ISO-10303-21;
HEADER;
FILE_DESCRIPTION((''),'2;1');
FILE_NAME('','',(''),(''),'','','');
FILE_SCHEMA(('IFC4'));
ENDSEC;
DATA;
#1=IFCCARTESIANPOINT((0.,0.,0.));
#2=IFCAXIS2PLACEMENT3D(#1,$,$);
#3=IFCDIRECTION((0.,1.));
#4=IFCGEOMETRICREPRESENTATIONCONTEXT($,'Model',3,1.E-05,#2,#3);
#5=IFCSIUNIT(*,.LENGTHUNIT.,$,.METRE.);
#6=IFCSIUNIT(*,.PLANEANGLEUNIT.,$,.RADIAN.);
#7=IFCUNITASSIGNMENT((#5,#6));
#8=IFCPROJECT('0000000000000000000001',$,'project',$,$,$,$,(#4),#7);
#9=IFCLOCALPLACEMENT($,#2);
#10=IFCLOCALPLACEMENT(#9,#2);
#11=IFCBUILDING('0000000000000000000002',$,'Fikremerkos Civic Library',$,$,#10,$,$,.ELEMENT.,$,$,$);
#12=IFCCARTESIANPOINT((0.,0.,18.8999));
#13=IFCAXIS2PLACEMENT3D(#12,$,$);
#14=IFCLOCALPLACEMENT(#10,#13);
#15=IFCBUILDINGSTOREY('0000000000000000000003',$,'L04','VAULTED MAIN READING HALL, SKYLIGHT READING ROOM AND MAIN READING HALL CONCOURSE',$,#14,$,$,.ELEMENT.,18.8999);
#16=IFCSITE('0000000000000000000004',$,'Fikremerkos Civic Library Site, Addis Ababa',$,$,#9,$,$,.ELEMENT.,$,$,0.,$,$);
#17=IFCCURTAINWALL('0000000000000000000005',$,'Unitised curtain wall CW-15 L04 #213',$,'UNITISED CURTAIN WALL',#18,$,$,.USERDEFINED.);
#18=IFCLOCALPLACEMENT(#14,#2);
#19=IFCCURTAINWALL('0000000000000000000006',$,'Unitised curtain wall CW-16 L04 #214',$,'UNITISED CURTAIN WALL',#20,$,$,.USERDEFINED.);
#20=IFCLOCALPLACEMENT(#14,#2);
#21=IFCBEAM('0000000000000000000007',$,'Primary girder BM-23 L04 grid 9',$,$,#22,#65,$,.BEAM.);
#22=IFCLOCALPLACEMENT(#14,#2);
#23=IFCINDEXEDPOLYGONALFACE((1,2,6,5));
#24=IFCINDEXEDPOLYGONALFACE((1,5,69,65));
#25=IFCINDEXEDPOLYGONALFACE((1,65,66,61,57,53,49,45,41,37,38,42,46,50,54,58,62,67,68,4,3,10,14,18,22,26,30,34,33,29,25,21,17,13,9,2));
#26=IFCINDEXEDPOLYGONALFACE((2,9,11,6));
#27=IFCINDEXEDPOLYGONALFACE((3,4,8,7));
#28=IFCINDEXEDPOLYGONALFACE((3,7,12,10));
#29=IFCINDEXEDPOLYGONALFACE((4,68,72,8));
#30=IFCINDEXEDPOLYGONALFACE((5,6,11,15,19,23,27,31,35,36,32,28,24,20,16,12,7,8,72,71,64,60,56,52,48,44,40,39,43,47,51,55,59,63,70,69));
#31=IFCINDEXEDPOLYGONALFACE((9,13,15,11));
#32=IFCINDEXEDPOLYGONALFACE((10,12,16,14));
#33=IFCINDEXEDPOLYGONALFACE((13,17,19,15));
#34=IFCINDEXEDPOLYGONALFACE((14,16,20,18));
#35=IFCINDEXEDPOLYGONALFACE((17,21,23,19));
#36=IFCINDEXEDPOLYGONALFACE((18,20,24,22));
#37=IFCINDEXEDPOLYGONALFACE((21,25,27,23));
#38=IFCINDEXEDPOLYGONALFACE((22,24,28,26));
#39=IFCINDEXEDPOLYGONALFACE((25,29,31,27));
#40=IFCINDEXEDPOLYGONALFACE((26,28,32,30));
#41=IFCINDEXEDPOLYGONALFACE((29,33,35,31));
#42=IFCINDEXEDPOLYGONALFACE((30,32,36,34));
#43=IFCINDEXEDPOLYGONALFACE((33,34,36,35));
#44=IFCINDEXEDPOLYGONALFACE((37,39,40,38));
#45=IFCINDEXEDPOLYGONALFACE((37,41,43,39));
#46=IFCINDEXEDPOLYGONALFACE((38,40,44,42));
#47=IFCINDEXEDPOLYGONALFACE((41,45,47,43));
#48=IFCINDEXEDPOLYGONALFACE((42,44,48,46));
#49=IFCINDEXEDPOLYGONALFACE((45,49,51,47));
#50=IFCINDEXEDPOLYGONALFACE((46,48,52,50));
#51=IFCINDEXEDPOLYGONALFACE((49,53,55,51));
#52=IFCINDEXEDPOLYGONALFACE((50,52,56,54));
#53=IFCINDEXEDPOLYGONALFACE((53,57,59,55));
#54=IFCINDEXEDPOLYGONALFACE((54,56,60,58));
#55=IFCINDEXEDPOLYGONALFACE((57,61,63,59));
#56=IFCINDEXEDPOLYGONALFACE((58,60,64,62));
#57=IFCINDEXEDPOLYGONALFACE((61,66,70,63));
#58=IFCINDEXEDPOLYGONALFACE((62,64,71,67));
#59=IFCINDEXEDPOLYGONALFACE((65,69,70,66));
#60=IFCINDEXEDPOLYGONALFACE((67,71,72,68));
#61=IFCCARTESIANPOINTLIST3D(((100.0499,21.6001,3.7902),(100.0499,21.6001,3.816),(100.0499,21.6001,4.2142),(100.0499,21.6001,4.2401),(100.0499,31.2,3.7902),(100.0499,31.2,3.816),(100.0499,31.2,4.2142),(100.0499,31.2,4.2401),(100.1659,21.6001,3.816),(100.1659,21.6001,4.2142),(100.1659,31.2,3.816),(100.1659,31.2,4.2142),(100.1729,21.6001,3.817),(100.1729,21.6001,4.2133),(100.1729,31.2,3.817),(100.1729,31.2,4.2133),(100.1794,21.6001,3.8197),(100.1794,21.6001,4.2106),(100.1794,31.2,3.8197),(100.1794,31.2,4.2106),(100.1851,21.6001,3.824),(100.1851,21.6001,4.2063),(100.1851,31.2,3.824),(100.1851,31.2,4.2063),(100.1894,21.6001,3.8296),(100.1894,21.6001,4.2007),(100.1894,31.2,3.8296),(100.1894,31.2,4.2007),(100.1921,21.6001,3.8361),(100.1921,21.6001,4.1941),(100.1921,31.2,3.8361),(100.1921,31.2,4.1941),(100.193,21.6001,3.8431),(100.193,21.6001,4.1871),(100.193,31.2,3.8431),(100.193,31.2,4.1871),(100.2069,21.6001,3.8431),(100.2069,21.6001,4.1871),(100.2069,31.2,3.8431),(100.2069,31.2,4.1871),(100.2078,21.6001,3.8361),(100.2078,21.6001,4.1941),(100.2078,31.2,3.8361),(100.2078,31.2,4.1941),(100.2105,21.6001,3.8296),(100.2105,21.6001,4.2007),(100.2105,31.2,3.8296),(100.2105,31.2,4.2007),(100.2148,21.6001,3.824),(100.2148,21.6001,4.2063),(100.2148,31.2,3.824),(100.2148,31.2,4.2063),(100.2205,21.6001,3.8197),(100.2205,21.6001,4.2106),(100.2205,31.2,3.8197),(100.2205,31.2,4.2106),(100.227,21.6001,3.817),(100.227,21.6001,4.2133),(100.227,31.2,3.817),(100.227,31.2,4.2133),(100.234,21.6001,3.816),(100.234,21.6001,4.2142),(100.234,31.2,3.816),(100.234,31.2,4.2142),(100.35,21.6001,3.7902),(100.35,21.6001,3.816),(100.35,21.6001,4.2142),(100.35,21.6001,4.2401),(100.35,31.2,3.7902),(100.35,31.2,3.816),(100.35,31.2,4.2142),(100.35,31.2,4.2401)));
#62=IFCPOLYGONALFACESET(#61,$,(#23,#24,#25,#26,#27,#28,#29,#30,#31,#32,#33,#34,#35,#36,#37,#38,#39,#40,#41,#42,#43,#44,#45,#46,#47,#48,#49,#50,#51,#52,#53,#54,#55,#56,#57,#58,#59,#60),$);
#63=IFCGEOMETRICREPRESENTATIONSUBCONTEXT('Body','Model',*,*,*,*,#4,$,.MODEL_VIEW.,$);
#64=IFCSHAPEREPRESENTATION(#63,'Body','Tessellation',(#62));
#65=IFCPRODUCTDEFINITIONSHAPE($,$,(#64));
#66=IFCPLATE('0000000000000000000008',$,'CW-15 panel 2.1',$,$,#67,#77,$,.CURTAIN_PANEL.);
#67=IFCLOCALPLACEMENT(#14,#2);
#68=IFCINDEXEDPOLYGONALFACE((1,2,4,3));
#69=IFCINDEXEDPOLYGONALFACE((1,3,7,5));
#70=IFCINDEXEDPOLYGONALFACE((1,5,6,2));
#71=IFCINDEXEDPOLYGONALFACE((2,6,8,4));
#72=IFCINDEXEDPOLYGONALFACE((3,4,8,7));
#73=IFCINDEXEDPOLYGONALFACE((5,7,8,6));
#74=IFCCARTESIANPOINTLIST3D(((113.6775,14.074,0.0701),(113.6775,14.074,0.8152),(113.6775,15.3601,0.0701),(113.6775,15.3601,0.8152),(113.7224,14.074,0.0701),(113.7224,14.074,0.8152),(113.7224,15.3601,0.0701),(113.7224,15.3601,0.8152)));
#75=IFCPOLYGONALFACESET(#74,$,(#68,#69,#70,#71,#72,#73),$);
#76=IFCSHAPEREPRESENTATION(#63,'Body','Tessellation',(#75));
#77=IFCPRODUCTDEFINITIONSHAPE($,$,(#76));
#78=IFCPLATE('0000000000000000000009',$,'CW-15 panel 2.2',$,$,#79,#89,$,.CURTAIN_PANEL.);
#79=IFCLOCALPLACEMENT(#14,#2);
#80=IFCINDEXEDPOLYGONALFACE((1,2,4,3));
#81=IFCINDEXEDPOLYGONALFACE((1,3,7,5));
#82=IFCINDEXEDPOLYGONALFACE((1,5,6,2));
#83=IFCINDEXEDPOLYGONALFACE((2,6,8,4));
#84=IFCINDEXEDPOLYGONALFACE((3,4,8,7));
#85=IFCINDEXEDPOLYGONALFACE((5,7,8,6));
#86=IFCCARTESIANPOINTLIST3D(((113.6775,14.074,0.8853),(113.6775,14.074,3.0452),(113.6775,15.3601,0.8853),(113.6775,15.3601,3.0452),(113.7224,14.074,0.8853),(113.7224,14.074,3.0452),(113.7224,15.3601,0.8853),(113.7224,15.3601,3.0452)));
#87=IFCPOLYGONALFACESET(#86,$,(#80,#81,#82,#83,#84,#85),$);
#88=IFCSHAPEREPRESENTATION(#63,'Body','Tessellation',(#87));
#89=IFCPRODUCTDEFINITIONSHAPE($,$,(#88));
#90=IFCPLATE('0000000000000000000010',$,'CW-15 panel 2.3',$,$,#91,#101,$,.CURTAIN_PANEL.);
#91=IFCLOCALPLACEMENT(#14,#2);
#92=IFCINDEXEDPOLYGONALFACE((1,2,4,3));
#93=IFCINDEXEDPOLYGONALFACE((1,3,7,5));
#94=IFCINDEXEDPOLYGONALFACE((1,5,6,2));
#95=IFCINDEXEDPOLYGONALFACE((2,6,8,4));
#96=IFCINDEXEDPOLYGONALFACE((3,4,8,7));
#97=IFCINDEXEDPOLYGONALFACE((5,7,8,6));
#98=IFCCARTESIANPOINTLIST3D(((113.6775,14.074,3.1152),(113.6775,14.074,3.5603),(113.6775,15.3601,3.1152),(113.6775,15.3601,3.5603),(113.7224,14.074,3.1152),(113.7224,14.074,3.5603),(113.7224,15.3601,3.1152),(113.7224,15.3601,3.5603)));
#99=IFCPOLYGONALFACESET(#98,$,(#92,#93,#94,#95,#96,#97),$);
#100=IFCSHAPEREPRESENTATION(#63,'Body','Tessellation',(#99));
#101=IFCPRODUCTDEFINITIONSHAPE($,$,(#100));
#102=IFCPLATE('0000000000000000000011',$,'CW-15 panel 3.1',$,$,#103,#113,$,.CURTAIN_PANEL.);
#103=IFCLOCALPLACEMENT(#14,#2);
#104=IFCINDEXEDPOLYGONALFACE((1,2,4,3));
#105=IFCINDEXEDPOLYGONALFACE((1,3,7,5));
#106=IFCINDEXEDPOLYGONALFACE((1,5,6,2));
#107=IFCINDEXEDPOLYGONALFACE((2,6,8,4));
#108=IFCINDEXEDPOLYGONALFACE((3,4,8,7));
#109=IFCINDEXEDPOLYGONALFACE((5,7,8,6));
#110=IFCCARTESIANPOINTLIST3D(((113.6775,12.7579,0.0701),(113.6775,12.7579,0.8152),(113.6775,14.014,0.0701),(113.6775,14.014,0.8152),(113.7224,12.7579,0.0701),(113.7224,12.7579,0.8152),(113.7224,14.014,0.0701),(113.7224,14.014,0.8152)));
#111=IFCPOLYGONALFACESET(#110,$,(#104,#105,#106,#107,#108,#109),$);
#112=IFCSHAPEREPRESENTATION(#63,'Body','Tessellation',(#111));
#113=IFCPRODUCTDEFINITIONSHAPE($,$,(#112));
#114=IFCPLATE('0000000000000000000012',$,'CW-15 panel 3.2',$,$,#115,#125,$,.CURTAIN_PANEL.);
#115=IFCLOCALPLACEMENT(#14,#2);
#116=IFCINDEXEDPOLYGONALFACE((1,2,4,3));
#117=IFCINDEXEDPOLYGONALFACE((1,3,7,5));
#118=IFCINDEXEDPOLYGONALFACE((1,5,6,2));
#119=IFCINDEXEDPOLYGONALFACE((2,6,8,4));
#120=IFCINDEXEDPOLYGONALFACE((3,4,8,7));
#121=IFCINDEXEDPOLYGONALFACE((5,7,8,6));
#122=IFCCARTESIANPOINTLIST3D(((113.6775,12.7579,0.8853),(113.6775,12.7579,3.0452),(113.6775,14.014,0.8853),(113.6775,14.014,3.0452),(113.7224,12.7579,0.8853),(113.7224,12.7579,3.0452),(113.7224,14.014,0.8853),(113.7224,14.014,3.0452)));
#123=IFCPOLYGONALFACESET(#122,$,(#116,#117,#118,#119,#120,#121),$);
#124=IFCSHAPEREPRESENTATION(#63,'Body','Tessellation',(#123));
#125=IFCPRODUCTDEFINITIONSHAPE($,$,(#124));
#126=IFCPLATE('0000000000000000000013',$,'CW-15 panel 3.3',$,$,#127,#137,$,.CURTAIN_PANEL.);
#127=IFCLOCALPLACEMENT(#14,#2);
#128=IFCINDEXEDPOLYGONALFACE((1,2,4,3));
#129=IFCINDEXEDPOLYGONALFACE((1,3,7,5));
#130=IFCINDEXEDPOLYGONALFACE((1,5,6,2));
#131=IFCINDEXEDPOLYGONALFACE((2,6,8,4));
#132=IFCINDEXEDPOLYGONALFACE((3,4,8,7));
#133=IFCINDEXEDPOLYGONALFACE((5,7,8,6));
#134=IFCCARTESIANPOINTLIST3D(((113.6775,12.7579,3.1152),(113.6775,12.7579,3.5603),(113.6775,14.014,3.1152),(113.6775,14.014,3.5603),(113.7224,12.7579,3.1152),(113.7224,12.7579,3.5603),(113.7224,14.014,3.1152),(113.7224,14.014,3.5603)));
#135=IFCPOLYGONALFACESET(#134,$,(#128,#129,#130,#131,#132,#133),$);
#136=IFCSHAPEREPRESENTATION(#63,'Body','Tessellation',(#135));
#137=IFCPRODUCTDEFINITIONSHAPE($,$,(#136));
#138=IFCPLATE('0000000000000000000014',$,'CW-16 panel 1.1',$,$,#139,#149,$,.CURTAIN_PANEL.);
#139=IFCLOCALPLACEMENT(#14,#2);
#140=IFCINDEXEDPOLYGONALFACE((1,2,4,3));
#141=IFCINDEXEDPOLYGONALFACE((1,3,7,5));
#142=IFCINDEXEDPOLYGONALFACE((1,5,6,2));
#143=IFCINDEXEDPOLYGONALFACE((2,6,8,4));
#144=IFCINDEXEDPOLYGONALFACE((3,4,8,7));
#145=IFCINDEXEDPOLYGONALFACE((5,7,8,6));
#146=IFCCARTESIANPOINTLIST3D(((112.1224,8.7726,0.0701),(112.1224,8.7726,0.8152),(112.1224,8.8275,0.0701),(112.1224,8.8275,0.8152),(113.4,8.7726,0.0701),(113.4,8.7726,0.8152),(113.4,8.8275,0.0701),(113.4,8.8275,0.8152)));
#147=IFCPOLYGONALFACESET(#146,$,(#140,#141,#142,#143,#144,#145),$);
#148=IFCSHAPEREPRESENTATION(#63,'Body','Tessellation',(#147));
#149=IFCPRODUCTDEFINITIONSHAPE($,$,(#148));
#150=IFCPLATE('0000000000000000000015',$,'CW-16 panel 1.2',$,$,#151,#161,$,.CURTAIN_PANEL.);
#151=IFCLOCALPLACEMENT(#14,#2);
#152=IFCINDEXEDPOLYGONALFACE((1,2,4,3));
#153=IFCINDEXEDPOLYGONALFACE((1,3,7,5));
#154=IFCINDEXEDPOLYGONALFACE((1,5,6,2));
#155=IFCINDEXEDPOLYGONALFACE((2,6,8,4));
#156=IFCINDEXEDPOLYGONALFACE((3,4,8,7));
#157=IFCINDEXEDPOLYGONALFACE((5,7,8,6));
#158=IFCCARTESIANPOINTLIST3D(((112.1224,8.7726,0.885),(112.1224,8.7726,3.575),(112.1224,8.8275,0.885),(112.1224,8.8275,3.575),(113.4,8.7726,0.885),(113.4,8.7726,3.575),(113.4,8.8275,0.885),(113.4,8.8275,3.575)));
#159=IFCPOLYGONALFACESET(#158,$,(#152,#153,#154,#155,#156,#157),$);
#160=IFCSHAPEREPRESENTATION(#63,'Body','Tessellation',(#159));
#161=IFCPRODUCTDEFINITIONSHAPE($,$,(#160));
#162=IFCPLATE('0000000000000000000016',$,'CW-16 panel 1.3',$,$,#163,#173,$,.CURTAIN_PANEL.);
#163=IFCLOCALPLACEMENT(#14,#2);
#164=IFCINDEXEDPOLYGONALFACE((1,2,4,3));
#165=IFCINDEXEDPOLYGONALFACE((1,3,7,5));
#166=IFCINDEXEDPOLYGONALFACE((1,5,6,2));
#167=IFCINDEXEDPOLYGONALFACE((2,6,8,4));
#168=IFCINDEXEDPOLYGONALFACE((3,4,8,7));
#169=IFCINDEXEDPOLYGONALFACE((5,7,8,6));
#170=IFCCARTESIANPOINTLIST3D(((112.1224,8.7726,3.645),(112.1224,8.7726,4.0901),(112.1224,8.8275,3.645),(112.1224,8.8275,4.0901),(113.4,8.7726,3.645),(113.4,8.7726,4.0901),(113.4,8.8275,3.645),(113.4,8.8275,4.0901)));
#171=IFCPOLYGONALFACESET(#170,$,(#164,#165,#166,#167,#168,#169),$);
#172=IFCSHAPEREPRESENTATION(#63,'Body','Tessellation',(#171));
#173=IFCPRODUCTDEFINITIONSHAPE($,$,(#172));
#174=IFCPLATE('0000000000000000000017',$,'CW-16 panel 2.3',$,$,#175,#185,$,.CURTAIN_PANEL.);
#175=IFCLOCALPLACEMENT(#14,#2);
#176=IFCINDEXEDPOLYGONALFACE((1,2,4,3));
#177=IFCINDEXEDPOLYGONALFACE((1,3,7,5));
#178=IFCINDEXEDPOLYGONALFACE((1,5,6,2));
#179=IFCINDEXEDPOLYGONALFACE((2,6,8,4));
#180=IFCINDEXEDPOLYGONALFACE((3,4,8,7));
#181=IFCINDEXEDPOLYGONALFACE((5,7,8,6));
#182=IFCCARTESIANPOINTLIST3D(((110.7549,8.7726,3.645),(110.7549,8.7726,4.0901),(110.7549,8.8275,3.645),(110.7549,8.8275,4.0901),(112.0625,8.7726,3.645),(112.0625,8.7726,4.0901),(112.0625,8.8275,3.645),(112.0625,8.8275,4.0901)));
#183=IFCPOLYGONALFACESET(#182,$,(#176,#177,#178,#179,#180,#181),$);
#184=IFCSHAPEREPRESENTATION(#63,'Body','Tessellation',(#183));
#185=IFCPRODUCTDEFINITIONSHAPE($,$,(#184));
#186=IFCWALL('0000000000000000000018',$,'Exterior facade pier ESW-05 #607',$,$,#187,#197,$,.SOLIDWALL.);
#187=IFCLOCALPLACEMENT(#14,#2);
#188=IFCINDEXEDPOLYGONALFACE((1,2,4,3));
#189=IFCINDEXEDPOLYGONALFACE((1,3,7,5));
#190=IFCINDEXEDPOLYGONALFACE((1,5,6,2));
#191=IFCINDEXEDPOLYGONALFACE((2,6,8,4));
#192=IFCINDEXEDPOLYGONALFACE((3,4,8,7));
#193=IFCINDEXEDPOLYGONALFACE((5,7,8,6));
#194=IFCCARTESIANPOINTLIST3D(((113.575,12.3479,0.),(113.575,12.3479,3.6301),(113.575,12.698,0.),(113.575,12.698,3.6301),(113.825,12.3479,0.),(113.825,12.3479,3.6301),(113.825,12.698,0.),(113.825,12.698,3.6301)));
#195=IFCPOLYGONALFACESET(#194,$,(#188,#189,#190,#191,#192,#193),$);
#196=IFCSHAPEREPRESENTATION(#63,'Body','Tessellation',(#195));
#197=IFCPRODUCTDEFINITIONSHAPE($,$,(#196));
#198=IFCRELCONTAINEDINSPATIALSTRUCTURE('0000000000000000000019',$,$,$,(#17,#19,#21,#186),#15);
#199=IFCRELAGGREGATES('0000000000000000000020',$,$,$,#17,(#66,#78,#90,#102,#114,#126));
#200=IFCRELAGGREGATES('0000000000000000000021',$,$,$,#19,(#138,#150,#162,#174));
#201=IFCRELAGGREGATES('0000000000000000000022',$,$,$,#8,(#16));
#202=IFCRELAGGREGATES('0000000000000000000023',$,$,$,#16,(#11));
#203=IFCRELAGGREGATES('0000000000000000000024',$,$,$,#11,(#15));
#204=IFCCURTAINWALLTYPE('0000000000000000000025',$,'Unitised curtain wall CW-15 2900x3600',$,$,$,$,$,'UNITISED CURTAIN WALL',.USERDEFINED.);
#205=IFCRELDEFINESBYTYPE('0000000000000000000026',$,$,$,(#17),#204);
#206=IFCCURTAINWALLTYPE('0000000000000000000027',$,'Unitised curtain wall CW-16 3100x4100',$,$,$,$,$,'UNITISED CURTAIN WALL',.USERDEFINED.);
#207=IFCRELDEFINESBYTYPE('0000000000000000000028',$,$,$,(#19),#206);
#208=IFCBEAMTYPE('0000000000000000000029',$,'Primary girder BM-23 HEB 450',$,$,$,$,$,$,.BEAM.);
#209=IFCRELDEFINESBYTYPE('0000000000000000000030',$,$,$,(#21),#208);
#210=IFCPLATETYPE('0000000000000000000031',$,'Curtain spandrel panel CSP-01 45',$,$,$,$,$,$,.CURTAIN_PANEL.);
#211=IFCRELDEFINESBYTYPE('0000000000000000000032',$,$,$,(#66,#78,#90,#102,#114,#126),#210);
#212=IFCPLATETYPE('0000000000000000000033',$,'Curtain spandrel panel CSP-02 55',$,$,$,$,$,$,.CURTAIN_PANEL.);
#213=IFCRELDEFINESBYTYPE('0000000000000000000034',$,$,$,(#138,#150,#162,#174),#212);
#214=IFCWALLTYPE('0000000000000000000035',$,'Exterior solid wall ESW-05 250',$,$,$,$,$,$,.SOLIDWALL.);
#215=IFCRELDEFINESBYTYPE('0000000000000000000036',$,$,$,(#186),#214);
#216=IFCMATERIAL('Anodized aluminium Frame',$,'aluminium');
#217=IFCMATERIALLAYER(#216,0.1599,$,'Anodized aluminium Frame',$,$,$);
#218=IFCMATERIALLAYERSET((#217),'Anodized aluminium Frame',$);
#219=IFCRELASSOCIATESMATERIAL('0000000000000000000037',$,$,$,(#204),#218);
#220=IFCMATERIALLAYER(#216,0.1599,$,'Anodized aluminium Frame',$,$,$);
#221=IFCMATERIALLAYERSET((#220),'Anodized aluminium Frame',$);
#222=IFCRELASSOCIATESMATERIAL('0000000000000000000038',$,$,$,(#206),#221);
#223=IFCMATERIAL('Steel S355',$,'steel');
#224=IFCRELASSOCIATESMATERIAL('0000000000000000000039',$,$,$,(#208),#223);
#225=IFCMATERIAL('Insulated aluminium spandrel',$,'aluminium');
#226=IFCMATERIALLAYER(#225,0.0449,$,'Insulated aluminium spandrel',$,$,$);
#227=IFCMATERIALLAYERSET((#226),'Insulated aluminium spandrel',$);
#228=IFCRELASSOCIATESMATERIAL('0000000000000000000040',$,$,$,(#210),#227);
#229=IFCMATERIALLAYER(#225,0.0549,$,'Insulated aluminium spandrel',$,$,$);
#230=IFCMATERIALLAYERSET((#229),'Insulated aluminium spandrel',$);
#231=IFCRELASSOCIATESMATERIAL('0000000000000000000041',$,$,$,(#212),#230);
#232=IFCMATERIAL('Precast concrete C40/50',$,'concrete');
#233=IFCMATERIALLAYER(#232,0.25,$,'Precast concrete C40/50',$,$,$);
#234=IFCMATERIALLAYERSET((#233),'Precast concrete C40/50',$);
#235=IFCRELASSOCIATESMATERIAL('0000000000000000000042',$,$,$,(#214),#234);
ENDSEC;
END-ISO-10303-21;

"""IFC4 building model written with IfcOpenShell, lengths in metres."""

from ifc_helpers import new_model, si_unit, direction, frame, frame_2d, origin, origin_2d, place, context, subcontext, project, spatial, rectangle, i_section, extrude, material, layer, layer_set, material_profile, profile_set, type_object, element, aggregate, save


model = new_model("IFC4")

# Units and contexts
model_context = context("Model", 3, precision=1e-05, world=origin(), true_north=direction((0.0, 1.0)))
body_context = subcontext(model_context, "Body", "Model", "MODEL_VIEW")
ifc_project = project(units=[si_unit("LENGTHUNIT", "METRE"), si_unit("PLANEANGLEUNIT", "RADIAN")], contexts=[model_context])

# Site, building, storey
site_placement = place(None, origin())
site = spatial("IfcSite", under=ifc_project, at=site_placement, Name="Fikremerkos Civic Library Site, Addis Ababa", CompositionType="ELEMENT", RefElevation=0.0)
building_placement = place(site_placement, origin())
building = spatial("IfcBuilding", under=site, at=building_placement, Name="Fikremerkos Civic Library", CompositionType="ELEMENT")
storey_placement = place(building_placement, frame((0.0, 0.0, 18.8999)))
storey = spatial("IfcBuildingStorey", under=building, at=storey_placement, Name="L04", Description="VAULTED MAIN READING HALL, SKYLIGHT READING ROOM AND MAIN READING HALL CONCOURSE", CompositionType="ELEMENT", Elevation=18.8999)

# Shared definitions
ifc_material_1 = material(Name="Steel S355", Category="steel")

# Curtain walls
ifc_material_2 = material(Name="Anodized aluminium Frame", Category="aluminium")
ifc_layer_1 = layer(ifc_material_2, 0.1599, Name="Anodized aluminium Frame")
ifc_layer_set_1 = layer_set([ifc_layer_1], Name="Anodized aluminium Frame")
curtain_wall_type_1 = type_object("IfcCurtainWallType", Name="Unitised curtain wall CW-15 2900x3600", ElementType="UNITISED CURTAIN WALL", PredefinedType="USERDEFINED", material=ifc_layer_set_1)
curtain_wall_1_placement = place(storey_placement, origin())
curtain_wall_1 = element("IfcCurtainWall", 1, at=curtain_wall_1_placement, inside=storey, type_object=curtain_wall_type_1, Name="Unitised curtain wall CW-15 L04 #213", ObjectType="UNITISED CURTAIN WALL", PredefinedType="USERDEFINED")
ifc_layer_2 = layer(ifc_material_2, 0.1599, Name="Anodized aluminium Frame")
ifc_layer_set_2 = layer_set([ifc_layer_2], Name="Anodized aluminium Frame")
curtain_wall_type_2 = type_object("IfcCurtainWallType", Name="Unitised curtain wall CW-16 3100x4100", ElementType="UNITISED CURTAIN WALL", PredefinedType="USERDEFINED", material=ifc_layer_set_2)
curtain_wall_2_placement = place(storey_placement, origin())
curtain_wall_2 = element("IfcCurtainWall", 2, at=curtain_wall_2_placement, inside=storey, type_object=curtain_wall_type_2, Name="Unitised curtain wall CW-16 L04 #214", ObjectType="UNITISED CURTAIN WALL", PredefinedType="USERDEFINED")

# Beam
ifc_material_profile_1 = material_profile(ifc_material_1, i_section(OverallWidth=0.3, OverallDepth=0.45, WebThickness=0.0139, FlangeThickness=0.0259, FilletRadius=0.0271, at=origin_2d()), Name="HEB 450")
ifc_profile_set_1 = profile_set([ifc_material_profile_1], Name="Steel S355")
beam_type_1 = type_object("IfcBeamType", Name="Primary girder BM-23 HEB 450", PredefinedType="BEAM", material=ifc_profile_set_1)
beam_1_placement = place(storey_placement, frame((100.2, 21.6001, 4.0151), z_axis=(0.0, 1.0, 0.0), x_axis=(-1.0, 0.0, 0.0)))
element("IfcBeam", 3, at=beam_1_placement, inside=storey, type_object=beam_type_1, Name="Primary girder BM-23 L04 grid 9", PredefinedType="BEAM", context=body_context, shape_type="SweptSolid", body=[
    extrude(i_section(OverallWidth=0.3, OverallDepth=0.45, WebThickness=0.0139, FlangeThickness=0.0259, FilletRadius=0.0271, at=origin_2d()), origin(), (0.0, 0.0, 1.0), 9.5999),
])

# Plates
ifc_material_3 = material(Name="Insulated aluminium spandrel", Category="aluminium")
ifc_layer_3 = layer(ifc_material_3, 0.0449, Name="Insulated aluminium spandrel")
ifc_layer_set_3 = layer_set([ifc_layer_3], Name="Insulated aluminium spandrel")
plate_type_1 = type_object("IfcPlateType", Name="Curtain spandrel panel CSP-01 45", PredefinedType="CURTAIN_PANEL", material=ifc_layer_set_3)
plate_1_placement = place(storey_placement, frame((113.7, 14.717, 0.0701), z_axis=(0.0, 0.0, 1.0), x_axis=(0.0, -1.0, 0.0)))
plate_1 = element("IfcPlate", 4, at=plate_1_placement, type_object=plate_type_1, Name="CW-15 panel 2.1", PredefinedType="CURTAIN_PANEL", context=body_context, shape_type="SweptSolid", body=[
    extrude(rectangle(XDim=1.2861, YDim=0.0449, at=origin_2d()), origin(), (0.0, 0.0, 1.0), 0.7451),
])
plate_2_placement = place(storey_placement, frame((113.7, 14.717, 0.8853), z_axis=(0.0, 0.0, 1.0), x_axis=(0.0, -1.0, 0.0)))
plate_2 = element("IfcPlate", 5, at=plate_2_placement, type_object=plate_type_1, Name="CW-15 panel 2.2", PredefinedType="CURTAIN_PANEL", context=body_context, shape_type="SweptSolid", body=[
    extrude(rectangle(XDim=1.2861, YDim=0.0449, at=origin_2d()), origin(), (0.0, 0.0, 1.0), 2.1599),
])
plate_3_placement = place(storey_placement, frame((113.7, 14.717, 3.1152), z_axis=(0.0, 0.0, 1.0), x_axis=(0.0, -1.0, 0.0)))
plate_3 = element("IfcPlate", 6, at=plate_3_placement, type_object=plate_type_1, Name="CW-15 panel 2.3", PredefinedType="CURTAIN_PANEL", context=body_context, shape_type="SweptSolid", body=[
    extrude(rectangle(XDim=1.2861, YDim=0.0449, at=origin_2d()), origin(), (0.0, 0.0, 1.0), 0.4451),
])
plate_4_placement = place(storey_placement, frame((113.7, 13.386, 0.0701), z_axis=(0.0, 0.0, 1.0), x_axis=(0.0, -1.0, 0.0)))
plate_4 = element("IfcPlate", 7, at=plate_4_placement, type_object=plate_type_1, Name="CW-15 panel 3.1", PredefinedType="CURTAIN_PANEL", context=body_context, shape_type="SweptSolid", body=[
    extrude(rectangle(XDim=1.2561, YDim=0.0449, at=origin_2d()), origin(), (0.0, 0.0, 1.0), 0.7451),
])
plate_5_placement = place(storey_placement, frame((113.7, 13.386, 0.8853), z_axis=(0.0, 0.0, 1.0), x_axis=(0.0, -1.0, 0.0)))
plate_5 = element("IfcPlate", 8, at=plate_5_placement, type_object=plate_type_1, Name="CW-15 panel 3.2", PredefinedType="CURTAIN_PANEL", context=body_context, shape_type="SweptSolid", body=[
    extrude(rectangle(XDim=1.2561, YDim=0.0449, at=origin_2d()), origin(), (0.0, 0.0, 1.0), 2.1599),
])
plate_6_placement = place(storey_placement, frame((113.7, 13.386, 3.1152), z_axis=(0.0, 0.0, 1.0), x_axis=(0.0, -1.0, 0.0)))
plate_6 = element("IfcPlate", 9, at=plate_6_placement, type_object=plate_type_1, Name="CW-15 panel 3.3", PredefinedType="CURTAIN_PANEL", context=body_context, shape_type="SweptSolid", body=[
    extrude(rectangle(XDim=1.2561, YDim=0.0449, at=origin_2d()), origin(), (0.0, 0.0, 1.0), 0.4451),
])
aggregate(curtain_wall_1, [plate_1, plate_2, plate_3, plate_4, plate_5, plate_6])
ifc_layer_4 = layer(ifc_material_3, 0.0549, Name="Insulated aluminium spandrel")
ifc_layer_set_4 = layer_set([ifc_layer_4], Name="Insulated aluminium spandrel")
plate_type_2 = type_object("IfcPlateType", Name="Curtain spandrel panel CSP-02 55", PredefinedType="CURTAIN_PANEL", material=ifc_layer_set_4)
plate_7_placement = place(storey_placement, frame((112.7612, 8.8, 0.0701), z_axis=(0.0, 0.0, 1.0), x_axis=(-1.0, 0.0, 0.0)))
plate_7 = element("IfcPlate", 10, at=plate_7_placement, type_object=plate_type_2, Name="CW-16 panel 1.1", PredefinedType="CURTAIN_PANEL", context=body_context, shape_type="SweptSolid", body=[
    extrude(rectangle(XDim=1.2776, YDim=0.0549, at=origin_2d()), origin(), (0.0, 0.0, 1.0), 0.7451),
])
plate_8_placement = place(storey_placement, frame((112.7612, 8.8, 0.885), z_axis=(0.0, 0.0, 1.0), x_axis=(-1.0, 0.0, 0.0)))
plate_8 = element("IfcPlate", 11, at=plate_8_placement, type_object=plate_type_2, Name="CW-16 panel 1.2", PredefinedType="CURTAIN_PANEL", context=body_context, shape_type="SweptSolid", body=[
    extrude(rectangle(XDim=1.2776, YDim=0.0549, at=origin_2d()), origin(), (0.0, 0.0, 1.0), 2.6899),
])
plate_9_placement = place(storey_placement, frame((112.7612, 8.8, 3.645), z_axis=(0.0, 0.0, 1.0), x_axis=(-1.0, 0.0, 0.0)))
plate_9 = element("IfcPlate", 12, at=plate_9_placement, type_object=plate_type_2, Name="CW-16 panel 1.3", PredefinedType="CURTAIN_PANEL", context=body_context, shape_type="SweptSolid", body=[
    extrude(rectangle(XDim=1.2776, YDim=0.0549, at=origin_2d()), origin(), (0.0, 0.0, 1.0), 0.4451),
])
plate_10_placement = place(storey_placement, frame((111.4087, 8.8, 3.645), z_axis=(0.0, 0.0, 1.0), x_axis=(-1.0, 0.0, 0.0)))
plate_10 = element("IfcPlate", 13, at=plate_10_placement, type_object=plate_type_2, Name="CW-16 panel 2.3", PredefinedType="CURTAIN_PANEL", context=body_context, shape_type="SweptSolid", body=[
    extrude(rectangle(XDim=1.3076, YDim=0.0549, at=origin_2d()), origin(), (0.0, 0.0, 1.0), 0.4451),
])
aggregate(curtain_wall_2, [plate_7, plate_8, plate_9, plate_10])

# Wall
ifc_material_4 = material(Name="Precast concrete C40/50", Category="concrete")
ifc_layer_5 = layer(ifc_material_4, 0.25, Name="Precast concrete C40/50")
ifc_layer_set_5 = layer_set([ifc_layer_5], Name="Precast concrete C40/50")
wall_type_1 = type_object("IfcWallType", Name="Exterior solid wall ESW-05 250", PredefinedType="SOLIDWALL", material=ifc_layer_set_5)
wall_1_placement = place(storey_placement, frame((113.7, 12.698, 0.0), z_axis=(0.0, 0.0, 1.0), x_axis=(0.0, -1.0, 0.0)))
element("IfcWall", 14, at=wall_1_placement, inside=storey, type_object=wall_type_1, Name="Exterior facade pier ESW-05 #607", PredefinedType="SOLIDWALL", context=body_context, shape_type="SweptSolid", body=[
    extrude(rectangle(XDim=0.3501, YDim=0.25, at=frame_2d((0.175, 0.0))), origin(), (0.0, 0.0, 1.0), 3.6301),
])

save(model, "model.ifc")
